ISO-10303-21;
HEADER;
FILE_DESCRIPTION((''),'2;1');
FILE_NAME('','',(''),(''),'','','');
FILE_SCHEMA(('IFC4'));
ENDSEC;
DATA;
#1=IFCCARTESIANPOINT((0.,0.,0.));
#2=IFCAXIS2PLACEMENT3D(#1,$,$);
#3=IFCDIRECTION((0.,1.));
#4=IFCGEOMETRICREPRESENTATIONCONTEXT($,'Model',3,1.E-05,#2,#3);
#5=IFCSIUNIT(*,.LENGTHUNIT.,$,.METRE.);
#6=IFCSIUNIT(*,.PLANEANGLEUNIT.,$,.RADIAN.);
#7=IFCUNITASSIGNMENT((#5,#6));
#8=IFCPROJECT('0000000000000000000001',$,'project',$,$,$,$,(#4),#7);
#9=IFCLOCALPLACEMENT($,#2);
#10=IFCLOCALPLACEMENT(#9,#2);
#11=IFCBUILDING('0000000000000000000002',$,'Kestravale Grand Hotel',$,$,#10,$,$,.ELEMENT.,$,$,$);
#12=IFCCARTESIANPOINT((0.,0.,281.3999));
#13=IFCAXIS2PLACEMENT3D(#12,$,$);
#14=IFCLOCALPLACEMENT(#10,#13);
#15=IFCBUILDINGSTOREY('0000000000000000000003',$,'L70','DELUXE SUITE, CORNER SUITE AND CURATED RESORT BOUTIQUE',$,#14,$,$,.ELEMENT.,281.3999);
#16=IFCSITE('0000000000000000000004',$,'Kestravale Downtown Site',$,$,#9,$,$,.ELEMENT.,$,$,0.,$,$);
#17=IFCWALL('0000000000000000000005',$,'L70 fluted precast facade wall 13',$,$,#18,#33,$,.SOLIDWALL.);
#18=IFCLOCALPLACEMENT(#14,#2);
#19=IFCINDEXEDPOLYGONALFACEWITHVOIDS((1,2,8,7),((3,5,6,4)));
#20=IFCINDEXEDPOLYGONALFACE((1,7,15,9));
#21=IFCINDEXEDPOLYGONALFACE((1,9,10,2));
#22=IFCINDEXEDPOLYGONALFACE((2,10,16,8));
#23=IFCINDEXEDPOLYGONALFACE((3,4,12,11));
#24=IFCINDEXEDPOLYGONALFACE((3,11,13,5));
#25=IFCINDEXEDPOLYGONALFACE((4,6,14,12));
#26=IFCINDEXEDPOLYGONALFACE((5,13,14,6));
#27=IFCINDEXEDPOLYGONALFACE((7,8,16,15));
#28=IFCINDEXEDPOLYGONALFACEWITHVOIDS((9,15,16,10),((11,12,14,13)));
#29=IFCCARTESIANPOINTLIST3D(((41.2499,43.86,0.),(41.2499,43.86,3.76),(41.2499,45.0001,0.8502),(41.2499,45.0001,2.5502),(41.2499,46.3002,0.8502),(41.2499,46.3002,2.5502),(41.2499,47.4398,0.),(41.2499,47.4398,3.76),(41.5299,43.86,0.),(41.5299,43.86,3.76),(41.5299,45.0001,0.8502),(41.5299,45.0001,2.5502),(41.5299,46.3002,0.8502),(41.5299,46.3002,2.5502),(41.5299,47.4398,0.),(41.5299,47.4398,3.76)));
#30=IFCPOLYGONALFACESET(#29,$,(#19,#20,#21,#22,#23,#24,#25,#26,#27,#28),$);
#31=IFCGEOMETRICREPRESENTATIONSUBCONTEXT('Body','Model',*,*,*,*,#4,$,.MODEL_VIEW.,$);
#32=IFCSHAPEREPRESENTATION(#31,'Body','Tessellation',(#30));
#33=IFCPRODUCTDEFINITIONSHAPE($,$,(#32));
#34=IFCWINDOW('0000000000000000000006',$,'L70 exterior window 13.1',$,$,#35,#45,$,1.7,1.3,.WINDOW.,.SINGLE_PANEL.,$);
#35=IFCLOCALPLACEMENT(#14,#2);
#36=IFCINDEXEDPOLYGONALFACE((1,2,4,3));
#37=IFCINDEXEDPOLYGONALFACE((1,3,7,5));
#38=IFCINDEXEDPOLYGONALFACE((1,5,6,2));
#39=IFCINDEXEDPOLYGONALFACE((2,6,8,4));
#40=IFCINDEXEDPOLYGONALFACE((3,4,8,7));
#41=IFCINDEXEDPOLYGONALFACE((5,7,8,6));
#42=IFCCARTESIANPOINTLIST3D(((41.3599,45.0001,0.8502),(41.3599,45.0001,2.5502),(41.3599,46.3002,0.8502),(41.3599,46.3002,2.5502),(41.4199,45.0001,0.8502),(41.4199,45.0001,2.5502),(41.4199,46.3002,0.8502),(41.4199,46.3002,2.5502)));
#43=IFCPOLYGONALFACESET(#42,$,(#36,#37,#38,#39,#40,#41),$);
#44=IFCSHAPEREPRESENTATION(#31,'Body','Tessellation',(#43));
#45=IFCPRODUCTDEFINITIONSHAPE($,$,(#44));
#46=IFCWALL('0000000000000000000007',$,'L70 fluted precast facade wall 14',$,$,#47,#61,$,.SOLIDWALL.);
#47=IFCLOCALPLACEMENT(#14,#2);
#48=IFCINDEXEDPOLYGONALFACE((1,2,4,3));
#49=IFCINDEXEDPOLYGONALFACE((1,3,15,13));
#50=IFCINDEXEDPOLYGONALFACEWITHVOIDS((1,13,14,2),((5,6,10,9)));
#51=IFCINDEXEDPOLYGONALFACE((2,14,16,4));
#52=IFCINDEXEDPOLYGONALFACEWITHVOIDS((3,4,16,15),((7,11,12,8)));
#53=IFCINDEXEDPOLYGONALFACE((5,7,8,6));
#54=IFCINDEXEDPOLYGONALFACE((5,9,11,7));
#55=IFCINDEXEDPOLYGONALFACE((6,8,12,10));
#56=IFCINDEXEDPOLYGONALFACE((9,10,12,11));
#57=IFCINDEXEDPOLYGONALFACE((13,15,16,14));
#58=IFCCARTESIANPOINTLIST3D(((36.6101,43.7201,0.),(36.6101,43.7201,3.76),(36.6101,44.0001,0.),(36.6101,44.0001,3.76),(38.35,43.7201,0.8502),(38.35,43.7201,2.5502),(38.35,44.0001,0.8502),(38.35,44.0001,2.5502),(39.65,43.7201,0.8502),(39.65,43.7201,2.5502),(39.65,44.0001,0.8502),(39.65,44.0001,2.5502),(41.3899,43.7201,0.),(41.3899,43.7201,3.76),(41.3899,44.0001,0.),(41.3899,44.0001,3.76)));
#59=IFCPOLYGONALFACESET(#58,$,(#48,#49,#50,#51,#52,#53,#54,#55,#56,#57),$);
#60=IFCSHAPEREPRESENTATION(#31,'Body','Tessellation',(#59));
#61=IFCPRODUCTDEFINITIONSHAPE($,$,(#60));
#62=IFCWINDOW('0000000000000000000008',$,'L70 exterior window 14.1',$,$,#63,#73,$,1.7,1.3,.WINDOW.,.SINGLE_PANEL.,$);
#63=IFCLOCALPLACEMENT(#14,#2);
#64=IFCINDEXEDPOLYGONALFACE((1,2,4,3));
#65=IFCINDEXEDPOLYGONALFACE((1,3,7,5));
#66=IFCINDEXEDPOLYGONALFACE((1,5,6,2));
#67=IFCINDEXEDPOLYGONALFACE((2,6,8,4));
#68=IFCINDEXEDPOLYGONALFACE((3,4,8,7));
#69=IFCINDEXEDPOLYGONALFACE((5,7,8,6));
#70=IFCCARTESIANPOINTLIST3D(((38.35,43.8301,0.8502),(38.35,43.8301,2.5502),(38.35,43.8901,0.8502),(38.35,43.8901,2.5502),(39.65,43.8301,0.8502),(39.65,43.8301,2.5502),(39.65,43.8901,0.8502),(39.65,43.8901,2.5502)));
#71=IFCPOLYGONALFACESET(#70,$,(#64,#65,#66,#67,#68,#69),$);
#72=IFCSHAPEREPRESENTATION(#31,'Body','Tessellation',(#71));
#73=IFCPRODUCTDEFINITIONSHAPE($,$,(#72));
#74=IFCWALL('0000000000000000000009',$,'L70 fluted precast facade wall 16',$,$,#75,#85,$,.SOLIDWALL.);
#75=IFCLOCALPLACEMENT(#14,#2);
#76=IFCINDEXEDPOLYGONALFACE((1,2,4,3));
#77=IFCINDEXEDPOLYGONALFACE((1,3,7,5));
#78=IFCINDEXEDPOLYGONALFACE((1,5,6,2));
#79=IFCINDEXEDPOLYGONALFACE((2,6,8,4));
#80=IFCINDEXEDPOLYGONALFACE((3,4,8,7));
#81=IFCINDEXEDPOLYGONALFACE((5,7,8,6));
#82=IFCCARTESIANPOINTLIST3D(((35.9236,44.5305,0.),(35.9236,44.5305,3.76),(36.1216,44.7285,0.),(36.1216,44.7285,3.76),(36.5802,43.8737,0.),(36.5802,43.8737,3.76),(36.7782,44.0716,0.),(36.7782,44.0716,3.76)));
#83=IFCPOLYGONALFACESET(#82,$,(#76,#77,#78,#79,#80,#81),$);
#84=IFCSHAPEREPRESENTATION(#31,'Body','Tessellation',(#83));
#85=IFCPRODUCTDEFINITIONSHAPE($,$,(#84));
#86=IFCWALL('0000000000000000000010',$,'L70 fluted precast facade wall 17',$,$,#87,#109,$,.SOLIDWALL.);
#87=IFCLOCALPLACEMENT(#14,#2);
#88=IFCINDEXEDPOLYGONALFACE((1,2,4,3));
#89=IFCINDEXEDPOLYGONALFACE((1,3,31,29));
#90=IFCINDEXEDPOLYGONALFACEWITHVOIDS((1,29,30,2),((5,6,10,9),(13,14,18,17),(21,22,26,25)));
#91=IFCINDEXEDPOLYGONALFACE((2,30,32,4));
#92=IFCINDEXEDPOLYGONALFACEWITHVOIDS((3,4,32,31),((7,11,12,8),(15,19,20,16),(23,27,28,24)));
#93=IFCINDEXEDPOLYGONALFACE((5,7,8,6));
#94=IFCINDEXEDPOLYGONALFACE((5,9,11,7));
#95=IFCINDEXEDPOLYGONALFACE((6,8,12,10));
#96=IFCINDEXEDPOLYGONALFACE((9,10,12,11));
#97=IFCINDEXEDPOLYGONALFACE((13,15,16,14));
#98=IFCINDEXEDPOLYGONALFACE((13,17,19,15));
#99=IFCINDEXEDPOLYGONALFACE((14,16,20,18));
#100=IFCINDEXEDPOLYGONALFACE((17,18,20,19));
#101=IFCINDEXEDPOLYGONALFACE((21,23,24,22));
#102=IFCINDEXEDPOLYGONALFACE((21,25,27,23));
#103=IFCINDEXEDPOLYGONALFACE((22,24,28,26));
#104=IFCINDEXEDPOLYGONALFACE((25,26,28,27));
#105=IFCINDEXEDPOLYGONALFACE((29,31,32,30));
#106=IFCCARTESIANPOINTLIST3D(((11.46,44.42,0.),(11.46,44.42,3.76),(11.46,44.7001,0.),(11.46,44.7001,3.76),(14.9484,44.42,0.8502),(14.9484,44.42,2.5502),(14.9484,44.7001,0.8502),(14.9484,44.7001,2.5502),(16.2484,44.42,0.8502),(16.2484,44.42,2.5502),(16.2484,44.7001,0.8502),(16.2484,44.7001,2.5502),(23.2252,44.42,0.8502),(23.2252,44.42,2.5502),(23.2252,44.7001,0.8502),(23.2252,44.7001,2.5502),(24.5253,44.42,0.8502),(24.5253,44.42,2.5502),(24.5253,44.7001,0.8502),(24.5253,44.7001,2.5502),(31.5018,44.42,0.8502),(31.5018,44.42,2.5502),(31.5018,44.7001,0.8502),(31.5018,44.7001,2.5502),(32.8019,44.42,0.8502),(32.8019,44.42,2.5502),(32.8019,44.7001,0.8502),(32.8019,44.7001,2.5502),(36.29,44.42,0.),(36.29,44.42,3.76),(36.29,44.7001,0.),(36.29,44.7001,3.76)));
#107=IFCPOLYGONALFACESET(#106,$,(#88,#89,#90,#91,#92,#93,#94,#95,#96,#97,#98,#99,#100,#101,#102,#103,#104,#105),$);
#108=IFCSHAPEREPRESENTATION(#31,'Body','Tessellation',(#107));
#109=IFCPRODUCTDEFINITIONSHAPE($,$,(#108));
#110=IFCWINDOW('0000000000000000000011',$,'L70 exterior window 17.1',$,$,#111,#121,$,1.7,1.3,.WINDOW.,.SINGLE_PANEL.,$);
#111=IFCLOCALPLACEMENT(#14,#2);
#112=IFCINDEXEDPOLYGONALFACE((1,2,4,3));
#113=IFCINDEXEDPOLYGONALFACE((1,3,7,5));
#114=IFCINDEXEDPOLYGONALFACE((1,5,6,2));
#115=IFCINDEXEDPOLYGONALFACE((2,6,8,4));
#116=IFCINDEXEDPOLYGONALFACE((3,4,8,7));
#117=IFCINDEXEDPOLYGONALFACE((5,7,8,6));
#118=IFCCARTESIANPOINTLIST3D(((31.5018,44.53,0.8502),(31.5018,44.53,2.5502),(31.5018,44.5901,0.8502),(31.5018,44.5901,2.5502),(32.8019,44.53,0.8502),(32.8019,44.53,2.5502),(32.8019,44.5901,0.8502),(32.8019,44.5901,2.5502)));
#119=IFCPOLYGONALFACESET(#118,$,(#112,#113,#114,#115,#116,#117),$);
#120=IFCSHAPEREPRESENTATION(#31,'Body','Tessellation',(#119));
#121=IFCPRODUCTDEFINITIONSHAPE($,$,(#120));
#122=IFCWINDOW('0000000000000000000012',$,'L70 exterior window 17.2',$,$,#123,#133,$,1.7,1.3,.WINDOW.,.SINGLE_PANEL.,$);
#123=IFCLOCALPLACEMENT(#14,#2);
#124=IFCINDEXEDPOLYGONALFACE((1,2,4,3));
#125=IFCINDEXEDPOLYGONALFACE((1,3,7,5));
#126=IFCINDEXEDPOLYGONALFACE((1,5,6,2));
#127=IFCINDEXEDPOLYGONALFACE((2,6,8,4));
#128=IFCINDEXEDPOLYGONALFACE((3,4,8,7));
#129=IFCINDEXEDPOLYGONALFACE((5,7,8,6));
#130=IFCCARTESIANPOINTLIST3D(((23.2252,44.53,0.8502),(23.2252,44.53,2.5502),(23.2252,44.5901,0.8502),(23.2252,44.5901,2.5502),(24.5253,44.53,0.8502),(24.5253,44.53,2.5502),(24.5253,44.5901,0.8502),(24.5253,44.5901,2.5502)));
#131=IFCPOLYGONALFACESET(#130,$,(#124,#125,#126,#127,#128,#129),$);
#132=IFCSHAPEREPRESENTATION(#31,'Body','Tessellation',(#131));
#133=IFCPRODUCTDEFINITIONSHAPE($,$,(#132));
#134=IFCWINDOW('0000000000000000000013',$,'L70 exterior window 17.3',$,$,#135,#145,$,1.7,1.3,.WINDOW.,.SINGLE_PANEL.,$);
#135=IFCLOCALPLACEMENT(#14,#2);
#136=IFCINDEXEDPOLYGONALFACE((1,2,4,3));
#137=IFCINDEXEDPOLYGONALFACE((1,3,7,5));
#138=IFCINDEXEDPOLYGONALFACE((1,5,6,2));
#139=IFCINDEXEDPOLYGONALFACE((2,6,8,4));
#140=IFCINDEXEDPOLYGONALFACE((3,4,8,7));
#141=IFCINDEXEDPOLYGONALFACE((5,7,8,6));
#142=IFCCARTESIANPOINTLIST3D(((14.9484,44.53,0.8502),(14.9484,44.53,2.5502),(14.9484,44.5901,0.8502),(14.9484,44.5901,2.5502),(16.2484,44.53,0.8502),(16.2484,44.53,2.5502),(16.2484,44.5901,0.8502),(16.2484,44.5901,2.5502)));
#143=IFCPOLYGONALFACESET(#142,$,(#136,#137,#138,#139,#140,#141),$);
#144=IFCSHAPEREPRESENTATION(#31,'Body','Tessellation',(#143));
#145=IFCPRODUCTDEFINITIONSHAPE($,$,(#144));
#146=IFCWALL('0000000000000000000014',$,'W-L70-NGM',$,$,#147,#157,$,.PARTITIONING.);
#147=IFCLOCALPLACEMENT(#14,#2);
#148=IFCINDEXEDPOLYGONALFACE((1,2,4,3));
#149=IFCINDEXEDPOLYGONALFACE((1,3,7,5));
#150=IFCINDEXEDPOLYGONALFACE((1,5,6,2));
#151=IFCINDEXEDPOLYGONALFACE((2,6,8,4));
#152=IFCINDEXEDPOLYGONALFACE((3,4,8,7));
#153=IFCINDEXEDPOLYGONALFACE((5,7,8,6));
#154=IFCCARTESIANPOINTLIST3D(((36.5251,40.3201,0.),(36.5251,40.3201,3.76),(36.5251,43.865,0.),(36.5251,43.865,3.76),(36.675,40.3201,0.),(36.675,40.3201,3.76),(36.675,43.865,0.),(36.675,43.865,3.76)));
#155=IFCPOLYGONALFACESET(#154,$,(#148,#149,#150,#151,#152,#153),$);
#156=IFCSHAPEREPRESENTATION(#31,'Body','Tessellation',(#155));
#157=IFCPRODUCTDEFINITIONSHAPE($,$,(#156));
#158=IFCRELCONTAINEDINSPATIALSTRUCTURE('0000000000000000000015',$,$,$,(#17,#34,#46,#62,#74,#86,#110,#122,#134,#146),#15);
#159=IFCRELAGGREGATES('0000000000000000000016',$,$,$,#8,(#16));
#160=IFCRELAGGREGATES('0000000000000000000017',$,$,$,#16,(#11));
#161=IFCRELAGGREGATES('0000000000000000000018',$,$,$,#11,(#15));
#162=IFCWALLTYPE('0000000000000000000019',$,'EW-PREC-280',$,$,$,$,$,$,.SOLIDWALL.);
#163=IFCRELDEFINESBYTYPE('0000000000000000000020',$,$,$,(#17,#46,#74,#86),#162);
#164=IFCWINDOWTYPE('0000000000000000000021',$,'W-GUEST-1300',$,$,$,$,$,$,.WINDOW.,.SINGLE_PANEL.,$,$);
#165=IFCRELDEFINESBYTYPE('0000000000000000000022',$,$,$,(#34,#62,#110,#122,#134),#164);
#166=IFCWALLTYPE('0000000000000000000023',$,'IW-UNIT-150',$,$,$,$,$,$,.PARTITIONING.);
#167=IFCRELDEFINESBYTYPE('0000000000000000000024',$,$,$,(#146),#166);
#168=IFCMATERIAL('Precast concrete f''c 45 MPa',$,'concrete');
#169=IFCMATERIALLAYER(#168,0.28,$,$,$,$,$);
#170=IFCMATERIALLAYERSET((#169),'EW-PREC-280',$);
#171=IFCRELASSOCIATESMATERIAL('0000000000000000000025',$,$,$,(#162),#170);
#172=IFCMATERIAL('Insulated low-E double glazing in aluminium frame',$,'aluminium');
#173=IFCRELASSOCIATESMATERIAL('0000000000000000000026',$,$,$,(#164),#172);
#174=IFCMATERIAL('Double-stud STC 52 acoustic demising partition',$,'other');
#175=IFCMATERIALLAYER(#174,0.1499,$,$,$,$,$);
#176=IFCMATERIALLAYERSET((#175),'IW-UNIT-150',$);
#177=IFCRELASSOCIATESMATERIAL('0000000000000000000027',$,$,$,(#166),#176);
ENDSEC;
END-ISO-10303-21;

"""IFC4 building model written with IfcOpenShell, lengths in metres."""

from ifc_helpers import new_model, si_unit, direction, frame, frame_2d, origin, place, context, subcontext, project, spatial, rectangle, extrude, material, layer, layer_set, type_object, element, fill, save


model = new_model("IFC4")

# Units and contexts
model_context = context("Model", 3, precision=1e-05, world=origin(), true_north=direction((0.0, 1.0)))
body_context = subcontext(model_context, "Body", "Model", "MODEL_VIEW")
ifc_project = project(units=[si_unit("LENGTHUNIT", "METRE"), si_unit("PLANEANGLEUNIT", "RADIAN")], contexts=[model_context])

# Site, building, storey
site_placement = place(None, origin())
site = spatial("IfcSite", under=ifc_project, at=site_placement, Name="Kestravale Downtown Site", CompositionType="ELEMENT", RefElevation=0.0)
building_placement = place(site_placement, origin())
building = spatial("IfcBuilding", under=site, at=building_placement, Name="Kestravale Grand Hotel", CompositionType="ELEMENT")
storey_placement = place(building_placement, frame((0.0, 0.0, 281.3999)))
storey = spatial("IfcBuildingStorey", under=building, at=storey_placement, Name="L70", Description="DELUXE SUITE, CORNER SUITE AND CURATED RESORT BOUTIQUE", CompositionType="ELEMENT", Elevation=281.3999)

# Shared definitions
ifc_material_1 = material(Name="Precast concrete f'c 45 MPa", Category="concrete")
ifc_layer_1 = layer(ifc_material_1, 0.28)
ifc_layer_set_1 = layer_set([ifc_layer_1], Name="EW-PREC-280")
wall_type_1 = type_object("IfcWallType", Name="EW-PREC-280", PredefinedType="SOLIDWALL", material=ifc_layer_set_1)

# Walls, openings, windows
wall_1_placement = place(storey_placement, frame((41.3899, 47.4399, 0.0), z_axis=(0.0, 0.0, 1.0), x_axis=(0.0, -1.0, 0.0)))
wall_1 = element("IfcWall", 1, at=wall_1_placement, inside=storey, type_object=wall_type_1, Name="L70 fluted precast facade wall 13", PredefinedType="SOLIDWALL", context=body_context, shape_type="SweptSolid", body=[
    extrude(rectangle(XDim=3.5798, YDim=0.28, at=frame_2d((1.79, 0.0))), origin(), (0.0, 0.0, 1.0), 3.76),
])
opening_1_placement = place(wall_1_placement, frame((1.1399, 0.0, 0.8501)))
opening_1 = element("IfcOpeningElement", 2, at=opening_1_placement, cuts=wall_1, PredefinedType="OPENING", context=body_context, shape_type="SweptSolid", body=[
    extrude(rectangle(XDim=1.3, YDim=1.7, at=frame_2d((0.6499, 0.8501))), frame((0.0, 0.1499, 0.0), z_axis=(0.0, -1.0, 0.0), x_axis=(1.0, 0.0, 0.0)), (0.0, 0.0, 1.0), 0.3),
])
ifc_material_2 = material(Name="Insulated low-E double glazing in aluminium frame", Category="aluminium")
window_type = type_object("IfcWindowType", Name="W-GUEST-1300", PartitioningType="SINGLE_PANEL", PredefinedType="WINDOW", material=ifc_material_2)
window_1_placement = place(opening_1_placement, origin())
window_1 = element("IfcWindow", 3, at=window_1_placement, inside=storey, type_object=window_type, Name="L70 exterior window 13.1", OverallHeight=1.7, OverallWidth=1.3, PartitioningType="SINGLE_PANEL", PredefinedType="WINDOW", context=body_context, shape_type="SweptSolid", body=[
    extrude(rectangle(XDim=1.3, YDim=1.7, at=frame_2d((0.6499, 0.8501))), frame((0.0, 0.03, 0.0), z_axis=(0.0, -1.0, 0.0), x_axis=(1.0, 0.0, 0.0)), (0.0, 0.0, 1.0), 0.0601),
])
fill(opening_1, window_1)
wall_2_placement = place(storey_placement, frame((41.3899, 43.8601, 0.0), z_axis=(0.0, 0.0, 1.0), x_axis=(-1.0, 0.0, 0.0)))
wall_2 = element("IfcWall", 4, at=wall_2_placement, inside=storey, type_object=wall_type_1, Name="L70 fluted precast facade wall 14", PredefinedType="SOLIDWALL", context=body_context, shape_type="SweptSolid", body=[
    extrude(rectangle(XDim=4.7798, YDim=0.28, at=frame_2d((2.3899, 0.0))), origin(), (0.0, 0.0, 1.0), 3.76),
])
opening_2_placement = place(wall_2_placement, frame((1.74, 0.0, 0.8501)))
opening_2 = element("IfcOpeningElement", 5, at=opening_2_placement, cuts=wall_2, PredefinedType="OPENING", context=body_context, shape_type="SweptSolid", body=[
    extrude(rectangle(XDim=1.3, YDim=1.7, at=frame_2d((0.6499, 0.8501))), frame((0.0, 0.1499, 0.0), z_axis=(0.0, -1.0, 0.0), x_axis=(1.0, 0.0, 0.0)), (0.0, 0.0, 1.0), 0.3),
])
window_2_placement = place(opening_2_placement, origin())
window_2 = element("IfcWindow", 6, at=window_2_placement, inside=storey, type_object=window_type, Name="L70 exterior window 14.1", OverallHeight=1.7, OverallWidth=1.3, PartitioningType="SINGLE_PANEL", PredefinedType="WINDOW", context=body_context, shape_type="SweptSolid", body=[
    extrude(rectangle(XDim=1.3, YDim=1.7, at=frame_2d((0.6499, 0.8501))), frame((0.0, 0.03, 0.0), z_axis=(0.0, -1.0, 0.0), x_axis=(1.0, 0.0, 0.0)), (0.0, 0.0, 1.0), 0.0601),
])
fill(opening_2, window_2)

# Wall
wall_3_placement = place(storey_placement, frame((36.6792, 43.9727, 0.0), z_axis=(0.0, 0.0, 1.0), x_axis=(-0.706975, 0.707238, 0.0)))
element("IfcWall", 7, at=wall_3_placement, inside=storey, type_object=wall_type_1, Name="L70 fluted precast facade wall 16", PredefinedType="SOLIDWALL", context=body_context, shape_type="SweptSolid", body=[
    extrude(rectangle(XDim=0.9287, YDim=0.28, at=frame_2d((0.4644, 0.0))), origin(), (0.0, 0.0, 1.0), 3.76),
])

# Wall, openings, windows
wall_4_placement = place(storey_placement, frame((36.29, 44.5601, 0.0), z_axis=(0.0, 0.0, 1.0), x_axis=(-1.0, 0.0, 0.0)))
wall_4 = element("IfcWall", 8, at=wall_4_placement, inside=storey, type_object=wall_type_1, Name="L70 fluted precast facade wall 17", PredefinedType="SOLIDWALL", context=body_context, shape_type="SweptSolid", body=[
    extrude(rectangle(XDim=24.8301, YDim=0.28, at=frame_2d((12.415, 0.0))), origin(), (0.0, 0.0, 1.0), 3.76),
])
opening_3_placement = place(wall_4_placement, frame((3.4883, 0.0, 0.8501)))
opening_3 = element("IfcOpeningElement", 9, at=opening_3_placement, cuts=wall_4, PredefinedType="OPENING", context=body_context, shape_type="SweptSolid", body=[
    extrude(rectangle(XDim=1.3, YDim=1.7, at=frame_2d((0.6499, 0.8501))), frame((0.0, 0.1499, 0.0), z_axis=(0.0, -1.0, 0.0), x_axis=(1.0, 0.0, 0.0)), (0.0, 0.0, 1.0), 0.3),
])
opening_4_placement = place(wall_4_placement, frame((11.7649, 0.0, 0.8501)))
opening_4 = element("IfcOpeningElement", 10, at=opening_4_placement, cuts=wall_4, PredefinedType="OPENING", context=body_context, shape_type="SweptSolid", body=[
    extrude(rectangle(XDim=1.3, YDim=1.7, at=frame_2d((0.6499, 0.8501))), frame((0.0, 0.1499, 0.0), z_axis=(0.0, -1.0, 0.0), x_axis=(1.0, 0.0, 0.0)), (0.0, 0.0, 1.0), 0.3),
])
opening_5_placement = place(wall_4_placement, frame((20.0417, 0.0, 0.8501)))
opening_5 = element("IfcOpeningElement", 11, at=opening_5_placement, cuts=wall_4, PredefinedType="OPENING", context=body_context, shape_type="SweptSolid", body=[
    extrude(rectangle(XDim=1.3, YDim=1.7, at=frame_2d((0.6499, 0.8501))), frame((0.0, 0.1499, 0.0), z_axis=(0.0, -1.0, 0.0), x_axis=(1.0, 0.0, 0.0)), (0.0, 0.0, 1.0), 0.3),
])
window_3_placement = place(opening_3_placement, origin())
window_3 = element("IfcWindow", 12, at=window_3_placement, inside=storey, type_object=window_type, Name="L70 exterior window 17.1", OverallHeight=1.7, OverallWidth=1.3, PartitioningType="SINGLE_PANEL", PredefinedType="WINDOW", context=body_context, shape_type="SweptSolid", body=[
    extrude(rectangle(XDim=1.3, YDim=1.7, at=frame_2d((0.6499, 0.8501))), frame((0.0, 0.03, 0.0), z_axis=(0.0, -1.0, 0.0), x_axis=(1.0, 0.0, 0.0)), (0.0, 0.0, 1.0), 0.0601),
])
fill(opening_3, window_3)
window_4_placement = place(opening_4_placement, origin())
window_4 = element("IfcWindow", 13, at=window_4_placement, inside=storey, type_object=window_type, Name="L70 exterior window 17.2", OverallHeight=1.7, OverallWidth=1.3, PartitioningType="SINGLE_PANEL", PredefinedType="WINDOW", context=body_context, shape_type="SweptSolid", body=[
    extrude(rectangle(XDim=1.3, YDim=1.7, at=frame_2d((0.6499, 0.8501))), frame((0.0, 0.03, 0.0), z_axis=(0.0, -1.0, 0.0), x_axis=(1.0, 0.0, 0.0)), (0.0, 0.0, 1.0), 0.0601),
])
fill(opening_4, window_4)
window_5_placement = place(opening_5_placement, origin())
window_5 = element("IfcWindow", 14, at=window_5_placement, inside=storey, type_object=window_type, Name="L70 exterior window 17.3", OverallHeight=1.7, OverallWidth=1.3, PartitioningType="SINGLE_PANEL", PredefinedType="WINDOW", context=body_context, shape_type="SweptSolid", body=[
    extrude(rectangle(XDim=1.3, YDim=1.7, at=frame_2d((0.6499, 0.8501))), frame((0.0, 0.03, 0.0), z_axis=(0.0, -1.0, 0.0), x_axis=(1.0, 0.0, 0.0)), (0.0, 0.0, 1.0), 0.0601),
])
fill(opening_5, window_5)

# Wall
ifc_material_3 = material(Name="Double-stud STC 52 acoustic demising partition", Category="other")
ifc_layer_2 = layer(ifc_material_3, 0.1499)
ifc_layer_set_2 = layer_set([ifc_layer_2], Name="IW-UNIT-150")
wall_type_2 = type_object("IfcWallType", Name="IW-UNIT-150", PredefinedType="PARTITIONING", material=ifc_layer_set_2)
wall_5_placement = place(storey_placement, frame((36.6001, 40.3201, 0.0), z_axis=(0.0, 0.0, 1.0), x_axis=(0.0, 1.0, 0.0)))
element("IfcWall", 15, at=wall_5_placement, inside=storey, type_object=wall_type_2, Name="W-L70-NGM", PredefinedType="PARTITIONING", context=body_context, shape_type="SweptSolid", body=[
    extrude(rectangle(XDim=3.5449, YDim=0.1499, at=frame_2d((1.7725, 0.0))), origin(), (0.0, 0.0, 1.0), 3.76),
])

save(model, "model.ifc")
